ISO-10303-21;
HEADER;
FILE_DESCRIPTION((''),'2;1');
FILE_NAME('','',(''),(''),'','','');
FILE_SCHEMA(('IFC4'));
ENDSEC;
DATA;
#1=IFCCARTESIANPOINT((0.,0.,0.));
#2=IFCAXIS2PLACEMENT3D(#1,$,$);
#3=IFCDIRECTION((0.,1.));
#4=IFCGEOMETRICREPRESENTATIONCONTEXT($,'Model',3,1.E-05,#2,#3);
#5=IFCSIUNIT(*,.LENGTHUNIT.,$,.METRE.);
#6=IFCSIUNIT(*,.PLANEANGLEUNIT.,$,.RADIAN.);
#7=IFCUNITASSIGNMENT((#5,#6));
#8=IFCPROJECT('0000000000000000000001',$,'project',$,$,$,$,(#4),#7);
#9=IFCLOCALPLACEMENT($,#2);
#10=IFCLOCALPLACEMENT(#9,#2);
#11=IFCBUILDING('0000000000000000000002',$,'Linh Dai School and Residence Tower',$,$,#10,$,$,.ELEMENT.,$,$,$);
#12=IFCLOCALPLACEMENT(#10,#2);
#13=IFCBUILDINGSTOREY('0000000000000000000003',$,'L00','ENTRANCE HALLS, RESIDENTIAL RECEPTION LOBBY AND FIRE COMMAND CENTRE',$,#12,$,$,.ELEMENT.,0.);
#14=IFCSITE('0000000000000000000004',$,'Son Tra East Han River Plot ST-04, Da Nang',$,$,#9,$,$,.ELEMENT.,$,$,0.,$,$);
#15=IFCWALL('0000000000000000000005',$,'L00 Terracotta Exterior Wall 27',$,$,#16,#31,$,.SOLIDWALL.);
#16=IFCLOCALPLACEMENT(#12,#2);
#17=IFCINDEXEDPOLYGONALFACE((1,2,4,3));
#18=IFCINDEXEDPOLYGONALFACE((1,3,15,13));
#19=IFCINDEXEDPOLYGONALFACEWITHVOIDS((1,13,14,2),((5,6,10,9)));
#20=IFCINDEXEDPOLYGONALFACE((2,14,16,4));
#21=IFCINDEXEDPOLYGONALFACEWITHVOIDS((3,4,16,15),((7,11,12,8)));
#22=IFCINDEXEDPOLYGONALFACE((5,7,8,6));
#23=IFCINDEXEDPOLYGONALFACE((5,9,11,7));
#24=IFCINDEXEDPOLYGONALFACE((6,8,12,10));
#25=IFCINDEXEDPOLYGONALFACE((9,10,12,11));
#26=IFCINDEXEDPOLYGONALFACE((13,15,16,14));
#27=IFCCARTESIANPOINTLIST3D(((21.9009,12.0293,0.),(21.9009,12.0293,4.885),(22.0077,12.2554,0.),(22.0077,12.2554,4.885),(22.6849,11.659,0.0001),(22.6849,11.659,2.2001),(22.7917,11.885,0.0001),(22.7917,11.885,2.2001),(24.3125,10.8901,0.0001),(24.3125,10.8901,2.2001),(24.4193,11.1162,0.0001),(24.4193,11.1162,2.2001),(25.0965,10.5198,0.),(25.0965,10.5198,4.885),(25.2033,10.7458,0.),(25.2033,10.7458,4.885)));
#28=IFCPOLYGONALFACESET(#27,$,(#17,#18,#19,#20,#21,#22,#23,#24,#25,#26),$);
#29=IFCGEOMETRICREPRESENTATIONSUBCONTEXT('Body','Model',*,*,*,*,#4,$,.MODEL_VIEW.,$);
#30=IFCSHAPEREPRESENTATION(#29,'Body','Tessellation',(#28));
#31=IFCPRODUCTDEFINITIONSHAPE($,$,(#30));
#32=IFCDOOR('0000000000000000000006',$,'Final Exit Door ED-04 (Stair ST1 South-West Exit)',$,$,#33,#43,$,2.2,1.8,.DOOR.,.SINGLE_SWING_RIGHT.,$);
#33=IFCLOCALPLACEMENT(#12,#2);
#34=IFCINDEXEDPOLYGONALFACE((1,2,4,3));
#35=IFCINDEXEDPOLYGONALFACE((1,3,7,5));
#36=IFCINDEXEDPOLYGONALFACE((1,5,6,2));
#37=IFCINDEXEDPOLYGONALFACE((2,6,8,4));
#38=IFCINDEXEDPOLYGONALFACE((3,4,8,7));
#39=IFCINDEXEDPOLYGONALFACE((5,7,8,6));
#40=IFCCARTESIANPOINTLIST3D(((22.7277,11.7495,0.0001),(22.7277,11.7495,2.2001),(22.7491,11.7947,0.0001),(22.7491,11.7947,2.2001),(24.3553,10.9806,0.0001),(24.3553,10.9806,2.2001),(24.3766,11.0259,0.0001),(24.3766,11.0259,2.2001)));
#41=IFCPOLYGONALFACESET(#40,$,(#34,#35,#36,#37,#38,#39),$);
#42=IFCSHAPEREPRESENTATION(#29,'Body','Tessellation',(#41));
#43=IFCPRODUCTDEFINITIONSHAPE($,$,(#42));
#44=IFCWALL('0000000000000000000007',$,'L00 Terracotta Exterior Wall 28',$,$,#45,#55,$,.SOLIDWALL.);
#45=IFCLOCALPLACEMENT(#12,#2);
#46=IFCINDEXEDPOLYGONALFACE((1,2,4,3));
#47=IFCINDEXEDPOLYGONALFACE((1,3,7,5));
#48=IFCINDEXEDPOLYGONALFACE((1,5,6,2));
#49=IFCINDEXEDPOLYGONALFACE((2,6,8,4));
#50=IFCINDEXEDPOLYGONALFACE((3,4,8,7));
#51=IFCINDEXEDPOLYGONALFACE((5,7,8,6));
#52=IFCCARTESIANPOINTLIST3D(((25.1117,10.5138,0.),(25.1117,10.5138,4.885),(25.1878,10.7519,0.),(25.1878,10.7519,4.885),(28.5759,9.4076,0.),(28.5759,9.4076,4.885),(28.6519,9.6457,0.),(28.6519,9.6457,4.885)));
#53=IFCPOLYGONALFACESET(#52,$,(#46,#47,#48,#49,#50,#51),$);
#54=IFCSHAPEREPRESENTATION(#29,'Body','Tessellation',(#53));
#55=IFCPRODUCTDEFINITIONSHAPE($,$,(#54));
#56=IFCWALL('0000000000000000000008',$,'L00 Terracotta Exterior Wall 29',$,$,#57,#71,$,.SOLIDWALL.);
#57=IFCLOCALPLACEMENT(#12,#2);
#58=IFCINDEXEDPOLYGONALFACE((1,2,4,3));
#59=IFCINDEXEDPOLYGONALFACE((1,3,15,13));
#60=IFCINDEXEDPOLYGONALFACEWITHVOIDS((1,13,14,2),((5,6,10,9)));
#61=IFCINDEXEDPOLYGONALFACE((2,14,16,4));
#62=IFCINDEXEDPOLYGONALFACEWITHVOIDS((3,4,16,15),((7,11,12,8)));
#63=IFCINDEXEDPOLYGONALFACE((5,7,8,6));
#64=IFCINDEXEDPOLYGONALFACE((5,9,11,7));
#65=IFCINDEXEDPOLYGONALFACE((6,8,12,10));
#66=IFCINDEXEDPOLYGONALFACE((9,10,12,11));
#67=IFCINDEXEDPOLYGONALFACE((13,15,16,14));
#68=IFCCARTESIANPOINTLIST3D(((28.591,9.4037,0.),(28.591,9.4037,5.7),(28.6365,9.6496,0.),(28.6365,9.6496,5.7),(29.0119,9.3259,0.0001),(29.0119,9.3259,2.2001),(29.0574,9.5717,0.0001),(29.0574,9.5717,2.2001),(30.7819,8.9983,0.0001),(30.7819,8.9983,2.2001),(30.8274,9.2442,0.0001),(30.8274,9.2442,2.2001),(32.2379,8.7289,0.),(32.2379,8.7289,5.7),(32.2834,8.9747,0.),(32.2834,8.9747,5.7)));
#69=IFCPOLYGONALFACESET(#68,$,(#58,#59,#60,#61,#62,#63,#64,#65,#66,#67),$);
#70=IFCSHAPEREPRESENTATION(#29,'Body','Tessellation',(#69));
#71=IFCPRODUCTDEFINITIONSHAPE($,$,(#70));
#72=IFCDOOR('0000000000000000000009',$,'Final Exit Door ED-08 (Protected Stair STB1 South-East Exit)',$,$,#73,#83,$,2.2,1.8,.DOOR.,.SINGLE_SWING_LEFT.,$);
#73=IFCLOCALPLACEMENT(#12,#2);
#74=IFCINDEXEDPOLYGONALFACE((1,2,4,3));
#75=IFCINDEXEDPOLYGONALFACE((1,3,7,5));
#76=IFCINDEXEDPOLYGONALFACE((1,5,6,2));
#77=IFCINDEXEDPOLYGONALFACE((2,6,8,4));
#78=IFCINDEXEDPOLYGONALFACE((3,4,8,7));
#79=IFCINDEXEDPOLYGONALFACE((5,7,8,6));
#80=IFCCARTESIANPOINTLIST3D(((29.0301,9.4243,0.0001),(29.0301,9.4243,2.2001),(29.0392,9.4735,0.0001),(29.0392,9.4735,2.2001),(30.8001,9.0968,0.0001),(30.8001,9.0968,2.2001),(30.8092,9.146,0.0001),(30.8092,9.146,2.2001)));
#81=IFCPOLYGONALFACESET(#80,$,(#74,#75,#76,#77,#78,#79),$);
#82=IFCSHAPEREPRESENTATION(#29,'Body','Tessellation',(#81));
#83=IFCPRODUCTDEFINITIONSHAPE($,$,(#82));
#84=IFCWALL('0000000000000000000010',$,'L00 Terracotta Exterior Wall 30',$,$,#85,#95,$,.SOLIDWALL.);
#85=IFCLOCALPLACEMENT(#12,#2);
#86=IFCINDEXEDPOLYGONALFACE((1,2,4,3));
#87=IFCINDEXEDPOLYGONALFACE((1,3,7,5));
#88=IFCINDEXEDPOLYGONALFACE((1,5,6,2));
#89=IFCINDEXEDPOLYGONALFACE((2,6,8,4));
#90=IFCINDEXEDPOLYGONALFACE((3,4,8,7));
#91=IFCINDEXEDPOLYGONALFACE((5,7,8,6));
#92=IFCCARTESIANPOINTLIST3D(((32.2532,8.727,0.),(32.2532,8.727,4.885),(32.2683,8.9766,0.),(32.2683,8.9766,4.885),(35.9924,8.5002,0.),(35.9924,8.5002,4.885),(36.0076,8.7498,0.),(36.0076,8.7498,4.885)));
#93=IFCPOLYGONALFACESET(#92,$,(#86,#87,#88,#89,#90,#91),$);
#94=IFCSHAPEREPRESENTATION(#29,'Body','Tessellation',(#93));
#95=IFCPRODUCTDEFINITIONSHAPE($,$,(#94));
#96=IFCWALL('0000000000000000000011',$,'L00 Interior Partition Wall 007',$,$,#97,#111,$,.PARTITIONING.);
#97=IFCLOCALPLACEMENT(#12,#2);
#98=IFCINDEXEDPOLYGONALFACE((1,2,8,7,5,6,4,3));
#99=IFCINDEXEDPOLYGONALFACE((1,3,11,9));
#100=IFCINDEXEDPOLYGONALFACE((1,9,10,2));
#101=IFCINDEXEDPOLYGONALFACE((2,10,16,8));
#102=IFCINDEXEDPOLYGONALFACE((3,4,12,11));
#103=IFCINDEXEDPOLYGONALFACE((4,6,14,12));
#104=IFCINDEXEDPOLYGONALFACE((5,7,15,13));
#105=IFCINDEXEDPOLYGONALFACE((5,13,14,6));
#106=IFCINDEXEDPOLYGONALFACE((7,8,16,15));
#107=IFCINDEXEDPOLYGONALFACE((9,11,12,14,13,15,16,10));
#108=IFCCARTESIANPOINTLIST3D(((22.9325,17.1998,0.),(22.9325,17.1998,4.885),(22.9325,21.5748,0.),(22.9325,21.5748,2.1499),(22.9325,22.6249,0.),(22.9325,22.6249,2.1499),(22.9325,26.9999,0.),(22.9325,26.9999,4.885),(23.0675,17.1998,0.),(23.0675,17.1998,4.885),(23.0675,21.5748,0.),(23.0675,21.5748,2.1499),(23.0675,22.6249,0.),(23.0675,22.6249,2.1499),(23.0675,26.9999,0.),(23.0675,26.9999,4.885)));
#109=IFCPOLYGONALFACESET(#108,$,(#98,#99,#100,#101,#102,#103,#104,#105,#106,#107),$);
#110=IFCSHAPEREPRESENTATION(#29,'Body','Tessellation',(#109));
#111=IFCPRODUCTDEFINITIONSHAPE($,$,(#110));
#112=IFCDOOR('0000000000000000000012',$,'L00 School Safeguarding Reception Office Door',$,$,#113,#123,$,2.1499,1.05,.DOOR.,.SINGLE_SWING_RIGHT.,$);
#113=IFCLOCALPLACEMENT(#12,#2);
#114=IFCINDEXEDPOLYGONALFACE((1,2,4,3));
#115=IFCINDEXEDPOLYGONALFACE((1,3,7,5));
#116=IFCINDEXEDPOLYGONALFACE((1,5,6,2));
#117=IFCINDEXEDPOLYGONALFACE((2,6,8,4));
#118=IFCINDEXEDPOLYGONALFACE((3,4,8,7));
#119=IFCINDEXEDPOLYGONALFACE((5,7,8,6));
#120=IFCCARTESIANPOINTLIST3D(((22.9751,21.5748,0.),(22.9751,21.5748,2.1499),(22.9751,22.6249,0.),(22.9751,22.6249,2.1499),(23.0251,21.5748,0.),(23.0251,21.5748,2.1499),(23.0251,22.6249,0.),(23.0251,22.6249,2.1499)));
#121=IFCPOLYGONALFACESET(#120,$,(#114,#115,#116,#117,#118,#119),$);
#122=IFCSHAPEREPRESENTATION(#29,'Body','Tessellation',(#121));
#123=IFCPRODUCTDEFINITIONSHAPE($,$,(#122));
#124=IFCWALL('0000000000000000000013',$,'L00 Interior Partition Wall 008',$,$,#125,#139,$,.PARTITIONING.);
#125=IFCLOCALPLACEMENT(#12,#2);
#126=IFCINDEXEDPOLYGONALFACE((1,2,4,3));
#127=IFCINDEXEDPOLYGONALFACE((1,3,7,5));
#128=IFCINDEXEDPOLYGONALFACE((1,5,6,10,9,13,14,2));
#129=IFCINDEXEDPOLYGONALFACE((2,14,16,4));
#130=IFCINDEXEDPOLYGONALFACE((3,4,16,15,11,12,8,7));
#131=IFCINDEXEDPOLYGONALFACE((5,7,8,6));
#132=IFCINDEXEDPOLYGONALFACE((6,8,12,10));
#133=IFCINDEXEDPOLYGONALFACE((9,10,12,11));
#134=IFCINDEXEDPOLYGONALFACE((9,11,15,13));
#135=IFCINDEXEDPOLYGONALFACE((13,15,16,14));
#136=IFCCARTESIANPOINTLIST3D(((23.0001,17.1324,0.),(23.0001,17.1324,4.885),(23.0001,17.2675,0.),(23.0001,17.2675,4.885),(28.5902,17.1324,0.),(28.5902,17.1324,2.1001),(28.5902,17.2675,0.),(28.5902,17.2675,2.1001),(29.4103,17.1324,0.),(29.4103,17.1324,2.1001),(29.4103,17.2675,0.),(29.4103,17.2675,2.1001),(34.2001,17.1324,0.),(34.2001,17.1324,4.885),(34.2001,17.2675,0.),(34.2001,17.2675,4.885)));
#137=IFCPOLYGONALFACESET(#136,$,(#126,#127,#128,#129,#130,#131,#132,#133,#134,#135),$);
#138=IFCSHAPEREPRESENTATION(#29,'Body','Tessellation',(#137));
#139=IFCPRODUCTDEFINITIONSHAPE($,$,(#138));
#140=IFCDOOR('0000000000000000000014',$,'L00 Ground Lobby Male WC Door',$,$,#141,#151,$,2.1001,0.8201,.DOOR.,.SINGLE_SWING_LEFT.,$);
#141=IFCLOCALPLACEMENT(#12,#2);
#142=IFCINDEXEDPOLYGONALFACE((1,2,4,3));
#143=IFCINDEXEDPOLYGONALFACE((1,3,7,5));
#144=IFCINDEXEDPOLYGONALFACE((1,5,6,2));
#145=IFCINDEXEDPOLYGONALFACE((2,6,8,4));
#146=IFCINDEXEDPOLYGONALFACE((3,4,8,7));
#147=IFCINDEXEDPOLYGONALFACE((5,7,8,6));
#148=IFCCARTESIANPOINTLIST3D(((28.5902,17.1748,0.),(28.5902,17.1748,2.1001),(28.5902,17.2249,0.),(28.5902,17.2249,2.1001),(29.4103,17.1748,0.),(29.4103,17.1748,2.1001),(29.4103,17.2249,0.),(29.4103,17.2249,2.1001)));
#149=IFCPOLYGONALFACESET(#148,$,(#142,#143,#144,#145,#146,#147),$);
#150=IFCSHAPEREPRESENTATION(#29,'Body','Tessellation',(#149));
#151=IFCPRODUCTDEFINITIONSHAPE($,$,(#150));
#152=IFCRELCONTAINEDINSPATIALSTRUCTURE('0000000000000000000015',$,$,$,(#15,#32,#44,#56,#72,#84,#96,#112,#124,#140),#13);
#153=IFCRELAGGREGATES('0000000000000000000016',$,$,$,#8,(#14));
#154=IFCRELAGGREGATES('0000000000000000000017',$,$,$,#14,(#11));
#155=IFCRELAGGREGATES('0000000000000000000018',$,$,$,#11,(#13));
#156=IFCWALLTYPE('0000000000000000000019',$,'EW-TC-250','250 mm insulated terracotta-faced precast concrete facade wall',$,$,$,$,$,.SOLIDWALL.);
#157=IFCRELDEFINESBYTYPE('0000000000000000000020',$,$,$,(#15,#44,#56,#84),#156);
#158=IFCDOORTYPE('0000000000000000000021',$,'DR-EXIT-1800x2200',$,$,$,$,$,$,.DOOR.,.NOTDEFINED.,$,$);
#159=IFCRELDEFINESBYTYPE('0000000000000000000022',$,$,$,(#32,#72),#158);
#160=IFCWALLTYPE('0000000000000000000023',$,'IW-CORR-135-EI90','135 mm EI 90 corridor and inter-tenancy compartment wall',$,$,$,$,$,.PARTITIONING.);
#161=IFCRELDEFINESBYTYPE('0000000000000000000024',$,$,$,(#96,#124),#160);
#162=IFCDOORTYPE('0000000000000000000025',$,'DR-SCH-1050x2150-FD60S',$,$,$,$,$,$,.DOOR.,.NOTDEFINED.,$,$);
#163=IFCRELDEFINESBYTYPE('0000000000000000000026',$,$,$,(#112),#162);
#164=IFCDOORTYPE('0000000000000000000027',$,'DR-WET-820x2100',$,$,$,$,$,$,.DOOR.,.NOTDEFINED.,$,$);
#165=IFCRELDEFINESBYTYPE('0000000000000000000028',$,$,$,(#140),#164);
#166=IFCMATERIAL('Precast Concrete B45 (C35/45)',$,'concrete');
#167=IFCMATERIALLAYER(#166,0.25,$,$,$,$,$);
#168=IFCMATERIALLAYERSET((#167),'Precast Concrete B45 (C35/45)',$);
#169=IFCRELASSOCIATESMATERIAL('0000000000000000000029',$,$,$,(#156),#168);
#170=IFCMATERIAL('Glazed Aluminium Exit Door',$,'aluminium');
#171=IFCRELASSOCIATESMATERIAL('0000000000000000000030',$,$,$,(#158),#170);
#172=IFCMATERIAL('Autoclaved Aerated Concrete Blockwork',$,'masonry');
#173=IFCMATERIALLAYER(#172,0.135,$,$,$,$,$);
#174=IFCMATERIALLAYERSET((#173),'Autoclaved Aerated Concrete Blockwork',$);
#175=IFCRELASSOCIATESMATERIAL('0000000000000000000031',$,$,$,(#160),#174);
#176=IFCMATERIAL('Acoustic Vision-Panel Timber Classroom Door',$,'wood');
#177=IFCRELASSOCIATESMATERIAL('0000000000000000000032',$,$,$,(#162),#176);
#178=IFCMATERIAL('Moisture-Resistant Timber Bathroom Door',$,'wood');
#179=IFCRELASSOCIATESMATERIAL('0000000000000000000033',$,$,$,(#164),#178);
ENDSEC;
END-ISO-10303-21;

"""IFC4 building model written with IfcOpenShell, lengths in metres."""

from ifc_helpers import new_model, si_unit, direction, frame, frame_2d, origin, origin_2d, place, context, subcontext, project, spatial, rectangle, extrude, source, transform, mapped, material, layer, layer_set, type_object, element, fill, save


model = new_model("IFC4")

# Units and contexts
model_context = context("Model", 3, precision=1e-05, world=origin(), true_north=direction((0.0, 1.0)))
body_context = subcontext(model_context, "Body", "Model", "MODEL_VIEW")
ifc_project = project(units=[si_unit("LENGTHUNIT", "METRE"), si_unit("PLANEANGLEUNIT", "RADIAN")], contexts=[model_context])

# Site, building, storey
site_placement = place(None, origin())
site = spatial("IfcSite", under=ifc_project, at=site_placement, Name="Son Tra East Han River Plot ST-04, Da Nang", CompositionType="ELEMENT", RefElevation=0.0)
building_placement = place(site_placement, origin())
building = spatial("IfcBuilding", under=site, at=building_placement, Name="Linh Dai School and Residence Tower", CompositionType="ELEMENT")
storey_placement = place(building_placement, origin())
storey = spatial("IfcBuildingStorey", under=building, at=storey_placement, Name="L00", Description="ENTRANCE HALLS, RESIDENTIAL RECEPTION LOBBY AND FIRE COMMAND CENTRE", CompositionType="ELEMENT", Elevation=0.0)

# Wall, opening, door
ifc_material_1 = material(Name="Precast Concrete B45 (C35/45)", Category="concrete")
ifc_layer_1 = layer(ifc_material_1, 0.25)
ifc_layer_set_1 = layer_set([ifc_layer_1], Name="Precast Concrete B45 (C35/45)")
wall_type_1 = type_object("IfcWallType", Name="EW-TC-250", Description="250 mm insulated terracotta-faced precast concrete facade wall", PredefinedType="SOLIDWALL", material=ifc_layer_set_1)
wall_1_placement = place(storey_placement, frame((25.1499, 10.6328, 0.0), z_axis=(0.0, 0.0, 1.0), x_axis=(-0.904193, 0.427124, 0.0)))
wall_1 = element("IfcWall", 1, at=wall_1_placement, inside=storey, type_object=wall_type_1, Name="L00 Terracotta Exterior Wall 27", PredefinedType="SOLIDWALL", context=body_context, shape_type="SweptSolid", body=[
    extrude(rectangle(XDim=3.5342, YDim=0.25, at=frame_2d((1.7671, 0.0))), origin(), (0.0, 0.0, 1.0), 4.885),
])
opening_1_placement = place(wall_1_placement, frame((0.8672, 0.0, 0.0)))
opening_1 = element("IfcOpeningElement", 2, at=opening_1_placement, cuts=wall_1, PredefinedType="OPENING", context=body_context, shape_type="SweptSolid", body=[
    extrude(rectangle(XDim=1.8, YDim=2.2, at=origin_2d()), frame((0.8999, 0.135, 1.1001), z_axis=(0.0, -1.0, 0.0), x_axis=(1.0, 0.0, 0.0)), (0.0, 0.0, 1.0), 0.27),
])
ifc_material_2 = material(Name="Glazed Aluminium Exit Door", Category="aluminium")
door_type_1 = type_object("IfcDoorType", Name="DR-EXIT-1800x2200", OperationType="NOTDEFINED", PredefinedType="DOOR", material=ifc_material_2)
shared_shape_1 = source(origin(), body_context, "Body", "SweptSolid", [
    extrude(rectangle(XDim=1.8, YDim=2.2, at=origin_2d()), frame((0.8999, 0.0249, 1.1001), z_axis=(0.0, -1.0, 0.0), x_axis=(1.0, 0.0, 0.0)), (0.0, 0.0, 1.0), 0.05),
])
door_1_placement = place(opening_1_placement, origin())
door_1 = element("IfcDoor", 3, at=door_1_placement, inside=storey, type_object=door_type_1, Name="Final Exit Door ED-04 (Stair ST1 South-West Exit)", OperationType="SINGLE_SWING_RIGHT", OverallHeight=2.2, OverallWidth=1.8, PredefinedType="DOOR", context=body_context, shape_type="MappedRepresentation", body=[
    mapped(shared_shape_1, transform((0.0, 0.0, 0.0), x_axis=(1.0, 0.0, 0.0), y_axis=(0.0, 1.0, 0.0), z_axis=(0.0, 0.0, 1.0), scale=1.0)),
])
fill(opening_1, door_1)

# Wall
wall_2_placement = place(storey_placement, frame((28.614, 9.5266, 0.0), z_axis=(0.0, 0.0, 1.0), x_axis=(-0.952609, 0.304198, 0.0)))
element("IfcWall", 4, at=wall_2_placement, inside=storey, type_object=wall_type_1, Name="L00 Terracotta Exterior Wall 28", PredefinedType="SOLIDWALL", context=body_context, shape_type="SweptSolid", body=[
    extrude(rectangle(XDim=3.6365, YDim=0.25, at=frame_2d((1.8184, 0.0))), origin(), (0.0, 0.0, 1.0), 4.885),
])

# Wall, opening, door
wall_3_placement = place(storey_placement, frame((32.2607, 8.8518, 0.0), z_axis=(0.0, 0.0, 1.0), x_axis=(-0.983307, 0.181955, 0.0)))
wall_3 = element("IfcWall", 5, at=wall_3_placement, inside=storey, type_object=wall_type_1, Name="L00 Terracotta Exterior Wall 29", PredefinedType="SOLIDWALL", context=body_context, shape_type="SweptSolid", body=[
    extrude(rectangle(XDim=3.7087, YDim=0.25, at=frame_2d((1.8545, 0.0))), origin(), (0.0, 0.0, 1.0), 5.7),
])
opening_2_placement = place(wall_3_placement, frame((1.481, 0.0, 0.0)))
opening_2 = element("IfcOpeningElement", 6, at=opening_2_placement, cuts=wall_3, PredefinedType="OPENING", context=body_context, shape_type="SweptSolid", body=[
    extrude(rectangle(XDim=1.8, YDim=2.2, at=origin_2d()), frame((0.8999, 0.135, 1.1001), z_axis=(0.0, -1.0, 0.0), x_axis=(1.0, 0.0, 0.0)), (0.0, 0.0, 1.0), 0.27),
])
door_2_placement = place(opening_2_placement, origin())
door_2 = element("IfcDoor", 7, at=door_2_placement, inside=storey, type_object=door_type_1, Name="Final Exit Door ED-08 (Protected Stair STB1 South-East Exit)", OperationType="SINGLE_SWING_LEFT", OverallHeight=2.2, OverallWidth=1.8, PredefinedType="DOOR", context=body_context, shape_type="MappedRepresentation", body=[
    mapped(shared_shape_1, transform((0.0, 0.0, 0.0), x_axis=(1.0, 0.0, 0.0), y_axis=(0.0, 1.0, 0.0), z_axis=(0.0, 0.0, 1.0), scale=1.0)),
])
fill(opening_2, door_2)

# Wall
wall_4_placement = place(storey_placement, frame((36.0, 8.625, 0.0), z_axis=(0.0, 0.0, 1.0), x_axis=(-0.998166, 0.060544, 0.0)))
element("IfcWall", 8, at=wall_4_placement, inside=storey, type_object=wall_type_1, Name="L00 Terracotta Exterior Wall 30", PredefinedType="SOLIDWALL", context=body_context, shape_type="SweptSolid", body=[
    extrude(rectangle(XDim=3.7461, YDim=0.25, at=frame_2d((1.873, 0.0))), origin(), (0.0, 0.0, 1.0), 4.885),
])

# Walls, openings, doors
ifc_material_3 = material(Name="Autoclaved Aerated Concrete Blockwork", Category="masonry")
ifc_layer_2 = layer(ifc_material_3, 0.135)
ifc_layer_set_2 = layer_set([ifc_layer_2], Name="Autoclaved Aerated Concrete Blockwork")
wall_type_2 = type_object("IfcWallType", Name="IW-CORR-135-EI90", Description="135 mm EI 90 corridor and inter-tenancy compartment wall", PredefinedType="PARTITIONING", material=ifc_layer_set_2)
wall_5_placement = place(storey_placement, frame((23.0, 17.2, 0.0), z_axis=(0.0, 0.0, 1.0), x_axis=(0.0, 1.0, 0.0)))
wall_5 = element("IfcWall", 9, at=wall_5_placement, inside=storey, type_object=wall_type_2, Name="L00 Interior Partition Wall 007", PredefinedType="PARTITIONING", context=body_context, shape_type="SweptSolid", body=[
    extrude(rectangle(XDim=9.8, YDim=0.135, at=frame_2d((4.8999, 0.0))), origin(), (0.0, 0.0, 1.0), 4.885),
])
opening_3_placement = place(wall_5_placement, frame((4.375, 0.0, 0.0)))
opening_3 = element("IfcOpeningElement", 10, at=opening_3_placement, cuts=wall_5, PredefinedType="OPENING", context=body_context, shape_type="SweptSolid", body=[
    extrude(rectangle(XDim=1.05, YDim=2.1499, at=origin_2d()), frame((0.5249, 0.0776, 1.075), z_axis=(0.0, -1.0, 0.0), x_axis=(1.0, 0.0, 0.0)), (0.0, 0.0, 1.0), 0.155),
])
ifc_material_4 = material(Name="Acoustic Vision-Panel Timber Classroom Door", Category="wood")
door_type_2 = type_object("IfcDoorType", Name="DR-SCH-1050x2150-FD60S", OperationType="NOTDEFINED", PredefinedType="DOOR", material=ifc_material_4)
shared_shape_2 = source(origin(), body_context, "Body", "SweptSolid", [
    extrude(rectangle(XDim=1.05, YDim=2.1499, at=origin_2d()), frame((0.5249, 0.0249, 1.075), z_axis=(0.0, -1.0, 0.0), x_axis=(1.0, 0.0, 0.0)), (0.0, 0.0, 1.0), 0.05),
])
door_3_placement = place(opening_3_placement, origin())
door_3 = element("IfcDoor", 11, at=door_3_placement, inside=storey, type_object=door_type_2, Name="L00 School Safeguarding Reception Office Door", OperationType="SINGLE_SWING_RIGHT", OverallHeight=2.1499, OverallWidth=1.05, PredefinedType="DOOR", context=body_context, shape_type="MappedRepresentation", body=[
    mapped(shared_shape_2, transform((0.0, 0.0, 0.0), x_axis=(1.0, 0.0, 0.0), y_axis=(0.0, 1.0, 0.0), z_axis=(0.0, 0.0, 1.0), scale=1.0)),
])
fill(opening_3, door_3)
wall_6_placement = place(storey_placement, frame((23.0, 17.2, 0.0), z_axis=(0.0, 0.0, 1.0), x_axis=(1.0, 0.0, 0.0)))
wall_6 = element("IfcWall", 12, at=wall_6_placement, inside=storey, type_object=wall_type_2, Name="L00 Interior Partition Wall 008", PredefinedType="PARTITIONING", context=body_context, shape_type="SweptSolid", body=[
    extrude(rectangle(XDim=11.2, YDim=0.135, at=frame_2d((5.6001, 0.0))), origin(), (0.0, 0.0, 1.0), 4.885),
])
opening_4_placement = place(wall_6_placement, frame((5.5901, 0.0, 0.0)))
opening_4 = element("IfcOpeningElement", 13, at=opening_4_placement, cuts=wall_6, PredefinedType="OPENING", context=body_context, shape_type="SweptSolid", body=[
    extrude(rectangle(XDim=0.8201, YDim=2.1001, at=origin_2d()), frame((0.4102, 0.0776, 1.05), z_axis=(0.0, -1.0, 0.0), x_axis=(1.0, 0.0, 0.0)), (0.0, 0.0, 1.0), 0.155),
])
ifc_material_5 = material(Name="Moisture-Resistant Timber Bathroom Door", Category="wood")
door_type_3 = type_object("IfcDoorType", Name="DR-WET-820x2100", OperationType="NOTDEFINED", PredefinedType="DOOR", material=ifc_material_5)
shared_shape_3 = source(origin(), body_context, "Body", "SweptSolid", [
    extrude(rectangle(XDim=0.8201, YDim=2.1001, at=origin_2d()), frame((0.4102, 0.0249, 1.05), z_axis=(0.0, -1.0, 0.0), x_axis=(1.0, 0.0, 0.0)), (0.0, 0.0, 1.0), 0.05),
])
door_4_placement = place(opening_4_placement, origin())
door_4 = element("IfcDoor", 14, at=door_4_placement, inside=storey, type_object=door_type_3, Name="L00 Ground Lobby Male WC Door", OperationType="SINGLE_SWING_LEFT", OverallHeight=2.1001, OverallWidth=0.8201, PredefinedType="DOOR", context=body_context, shape_type="MappedRepresentation", body=[
    mapped(shared_shape_3, transform((0.0, 0.0, 0.0), x_axis=(1.0, 0.0, 0.0), y_axis=(0.0, 1.0, 0.0), z_axis=(0.0, 0.0, 1.0), scale=1.0)),
])
fill(opening_4, door_4)

save(model, "model.ifc")
